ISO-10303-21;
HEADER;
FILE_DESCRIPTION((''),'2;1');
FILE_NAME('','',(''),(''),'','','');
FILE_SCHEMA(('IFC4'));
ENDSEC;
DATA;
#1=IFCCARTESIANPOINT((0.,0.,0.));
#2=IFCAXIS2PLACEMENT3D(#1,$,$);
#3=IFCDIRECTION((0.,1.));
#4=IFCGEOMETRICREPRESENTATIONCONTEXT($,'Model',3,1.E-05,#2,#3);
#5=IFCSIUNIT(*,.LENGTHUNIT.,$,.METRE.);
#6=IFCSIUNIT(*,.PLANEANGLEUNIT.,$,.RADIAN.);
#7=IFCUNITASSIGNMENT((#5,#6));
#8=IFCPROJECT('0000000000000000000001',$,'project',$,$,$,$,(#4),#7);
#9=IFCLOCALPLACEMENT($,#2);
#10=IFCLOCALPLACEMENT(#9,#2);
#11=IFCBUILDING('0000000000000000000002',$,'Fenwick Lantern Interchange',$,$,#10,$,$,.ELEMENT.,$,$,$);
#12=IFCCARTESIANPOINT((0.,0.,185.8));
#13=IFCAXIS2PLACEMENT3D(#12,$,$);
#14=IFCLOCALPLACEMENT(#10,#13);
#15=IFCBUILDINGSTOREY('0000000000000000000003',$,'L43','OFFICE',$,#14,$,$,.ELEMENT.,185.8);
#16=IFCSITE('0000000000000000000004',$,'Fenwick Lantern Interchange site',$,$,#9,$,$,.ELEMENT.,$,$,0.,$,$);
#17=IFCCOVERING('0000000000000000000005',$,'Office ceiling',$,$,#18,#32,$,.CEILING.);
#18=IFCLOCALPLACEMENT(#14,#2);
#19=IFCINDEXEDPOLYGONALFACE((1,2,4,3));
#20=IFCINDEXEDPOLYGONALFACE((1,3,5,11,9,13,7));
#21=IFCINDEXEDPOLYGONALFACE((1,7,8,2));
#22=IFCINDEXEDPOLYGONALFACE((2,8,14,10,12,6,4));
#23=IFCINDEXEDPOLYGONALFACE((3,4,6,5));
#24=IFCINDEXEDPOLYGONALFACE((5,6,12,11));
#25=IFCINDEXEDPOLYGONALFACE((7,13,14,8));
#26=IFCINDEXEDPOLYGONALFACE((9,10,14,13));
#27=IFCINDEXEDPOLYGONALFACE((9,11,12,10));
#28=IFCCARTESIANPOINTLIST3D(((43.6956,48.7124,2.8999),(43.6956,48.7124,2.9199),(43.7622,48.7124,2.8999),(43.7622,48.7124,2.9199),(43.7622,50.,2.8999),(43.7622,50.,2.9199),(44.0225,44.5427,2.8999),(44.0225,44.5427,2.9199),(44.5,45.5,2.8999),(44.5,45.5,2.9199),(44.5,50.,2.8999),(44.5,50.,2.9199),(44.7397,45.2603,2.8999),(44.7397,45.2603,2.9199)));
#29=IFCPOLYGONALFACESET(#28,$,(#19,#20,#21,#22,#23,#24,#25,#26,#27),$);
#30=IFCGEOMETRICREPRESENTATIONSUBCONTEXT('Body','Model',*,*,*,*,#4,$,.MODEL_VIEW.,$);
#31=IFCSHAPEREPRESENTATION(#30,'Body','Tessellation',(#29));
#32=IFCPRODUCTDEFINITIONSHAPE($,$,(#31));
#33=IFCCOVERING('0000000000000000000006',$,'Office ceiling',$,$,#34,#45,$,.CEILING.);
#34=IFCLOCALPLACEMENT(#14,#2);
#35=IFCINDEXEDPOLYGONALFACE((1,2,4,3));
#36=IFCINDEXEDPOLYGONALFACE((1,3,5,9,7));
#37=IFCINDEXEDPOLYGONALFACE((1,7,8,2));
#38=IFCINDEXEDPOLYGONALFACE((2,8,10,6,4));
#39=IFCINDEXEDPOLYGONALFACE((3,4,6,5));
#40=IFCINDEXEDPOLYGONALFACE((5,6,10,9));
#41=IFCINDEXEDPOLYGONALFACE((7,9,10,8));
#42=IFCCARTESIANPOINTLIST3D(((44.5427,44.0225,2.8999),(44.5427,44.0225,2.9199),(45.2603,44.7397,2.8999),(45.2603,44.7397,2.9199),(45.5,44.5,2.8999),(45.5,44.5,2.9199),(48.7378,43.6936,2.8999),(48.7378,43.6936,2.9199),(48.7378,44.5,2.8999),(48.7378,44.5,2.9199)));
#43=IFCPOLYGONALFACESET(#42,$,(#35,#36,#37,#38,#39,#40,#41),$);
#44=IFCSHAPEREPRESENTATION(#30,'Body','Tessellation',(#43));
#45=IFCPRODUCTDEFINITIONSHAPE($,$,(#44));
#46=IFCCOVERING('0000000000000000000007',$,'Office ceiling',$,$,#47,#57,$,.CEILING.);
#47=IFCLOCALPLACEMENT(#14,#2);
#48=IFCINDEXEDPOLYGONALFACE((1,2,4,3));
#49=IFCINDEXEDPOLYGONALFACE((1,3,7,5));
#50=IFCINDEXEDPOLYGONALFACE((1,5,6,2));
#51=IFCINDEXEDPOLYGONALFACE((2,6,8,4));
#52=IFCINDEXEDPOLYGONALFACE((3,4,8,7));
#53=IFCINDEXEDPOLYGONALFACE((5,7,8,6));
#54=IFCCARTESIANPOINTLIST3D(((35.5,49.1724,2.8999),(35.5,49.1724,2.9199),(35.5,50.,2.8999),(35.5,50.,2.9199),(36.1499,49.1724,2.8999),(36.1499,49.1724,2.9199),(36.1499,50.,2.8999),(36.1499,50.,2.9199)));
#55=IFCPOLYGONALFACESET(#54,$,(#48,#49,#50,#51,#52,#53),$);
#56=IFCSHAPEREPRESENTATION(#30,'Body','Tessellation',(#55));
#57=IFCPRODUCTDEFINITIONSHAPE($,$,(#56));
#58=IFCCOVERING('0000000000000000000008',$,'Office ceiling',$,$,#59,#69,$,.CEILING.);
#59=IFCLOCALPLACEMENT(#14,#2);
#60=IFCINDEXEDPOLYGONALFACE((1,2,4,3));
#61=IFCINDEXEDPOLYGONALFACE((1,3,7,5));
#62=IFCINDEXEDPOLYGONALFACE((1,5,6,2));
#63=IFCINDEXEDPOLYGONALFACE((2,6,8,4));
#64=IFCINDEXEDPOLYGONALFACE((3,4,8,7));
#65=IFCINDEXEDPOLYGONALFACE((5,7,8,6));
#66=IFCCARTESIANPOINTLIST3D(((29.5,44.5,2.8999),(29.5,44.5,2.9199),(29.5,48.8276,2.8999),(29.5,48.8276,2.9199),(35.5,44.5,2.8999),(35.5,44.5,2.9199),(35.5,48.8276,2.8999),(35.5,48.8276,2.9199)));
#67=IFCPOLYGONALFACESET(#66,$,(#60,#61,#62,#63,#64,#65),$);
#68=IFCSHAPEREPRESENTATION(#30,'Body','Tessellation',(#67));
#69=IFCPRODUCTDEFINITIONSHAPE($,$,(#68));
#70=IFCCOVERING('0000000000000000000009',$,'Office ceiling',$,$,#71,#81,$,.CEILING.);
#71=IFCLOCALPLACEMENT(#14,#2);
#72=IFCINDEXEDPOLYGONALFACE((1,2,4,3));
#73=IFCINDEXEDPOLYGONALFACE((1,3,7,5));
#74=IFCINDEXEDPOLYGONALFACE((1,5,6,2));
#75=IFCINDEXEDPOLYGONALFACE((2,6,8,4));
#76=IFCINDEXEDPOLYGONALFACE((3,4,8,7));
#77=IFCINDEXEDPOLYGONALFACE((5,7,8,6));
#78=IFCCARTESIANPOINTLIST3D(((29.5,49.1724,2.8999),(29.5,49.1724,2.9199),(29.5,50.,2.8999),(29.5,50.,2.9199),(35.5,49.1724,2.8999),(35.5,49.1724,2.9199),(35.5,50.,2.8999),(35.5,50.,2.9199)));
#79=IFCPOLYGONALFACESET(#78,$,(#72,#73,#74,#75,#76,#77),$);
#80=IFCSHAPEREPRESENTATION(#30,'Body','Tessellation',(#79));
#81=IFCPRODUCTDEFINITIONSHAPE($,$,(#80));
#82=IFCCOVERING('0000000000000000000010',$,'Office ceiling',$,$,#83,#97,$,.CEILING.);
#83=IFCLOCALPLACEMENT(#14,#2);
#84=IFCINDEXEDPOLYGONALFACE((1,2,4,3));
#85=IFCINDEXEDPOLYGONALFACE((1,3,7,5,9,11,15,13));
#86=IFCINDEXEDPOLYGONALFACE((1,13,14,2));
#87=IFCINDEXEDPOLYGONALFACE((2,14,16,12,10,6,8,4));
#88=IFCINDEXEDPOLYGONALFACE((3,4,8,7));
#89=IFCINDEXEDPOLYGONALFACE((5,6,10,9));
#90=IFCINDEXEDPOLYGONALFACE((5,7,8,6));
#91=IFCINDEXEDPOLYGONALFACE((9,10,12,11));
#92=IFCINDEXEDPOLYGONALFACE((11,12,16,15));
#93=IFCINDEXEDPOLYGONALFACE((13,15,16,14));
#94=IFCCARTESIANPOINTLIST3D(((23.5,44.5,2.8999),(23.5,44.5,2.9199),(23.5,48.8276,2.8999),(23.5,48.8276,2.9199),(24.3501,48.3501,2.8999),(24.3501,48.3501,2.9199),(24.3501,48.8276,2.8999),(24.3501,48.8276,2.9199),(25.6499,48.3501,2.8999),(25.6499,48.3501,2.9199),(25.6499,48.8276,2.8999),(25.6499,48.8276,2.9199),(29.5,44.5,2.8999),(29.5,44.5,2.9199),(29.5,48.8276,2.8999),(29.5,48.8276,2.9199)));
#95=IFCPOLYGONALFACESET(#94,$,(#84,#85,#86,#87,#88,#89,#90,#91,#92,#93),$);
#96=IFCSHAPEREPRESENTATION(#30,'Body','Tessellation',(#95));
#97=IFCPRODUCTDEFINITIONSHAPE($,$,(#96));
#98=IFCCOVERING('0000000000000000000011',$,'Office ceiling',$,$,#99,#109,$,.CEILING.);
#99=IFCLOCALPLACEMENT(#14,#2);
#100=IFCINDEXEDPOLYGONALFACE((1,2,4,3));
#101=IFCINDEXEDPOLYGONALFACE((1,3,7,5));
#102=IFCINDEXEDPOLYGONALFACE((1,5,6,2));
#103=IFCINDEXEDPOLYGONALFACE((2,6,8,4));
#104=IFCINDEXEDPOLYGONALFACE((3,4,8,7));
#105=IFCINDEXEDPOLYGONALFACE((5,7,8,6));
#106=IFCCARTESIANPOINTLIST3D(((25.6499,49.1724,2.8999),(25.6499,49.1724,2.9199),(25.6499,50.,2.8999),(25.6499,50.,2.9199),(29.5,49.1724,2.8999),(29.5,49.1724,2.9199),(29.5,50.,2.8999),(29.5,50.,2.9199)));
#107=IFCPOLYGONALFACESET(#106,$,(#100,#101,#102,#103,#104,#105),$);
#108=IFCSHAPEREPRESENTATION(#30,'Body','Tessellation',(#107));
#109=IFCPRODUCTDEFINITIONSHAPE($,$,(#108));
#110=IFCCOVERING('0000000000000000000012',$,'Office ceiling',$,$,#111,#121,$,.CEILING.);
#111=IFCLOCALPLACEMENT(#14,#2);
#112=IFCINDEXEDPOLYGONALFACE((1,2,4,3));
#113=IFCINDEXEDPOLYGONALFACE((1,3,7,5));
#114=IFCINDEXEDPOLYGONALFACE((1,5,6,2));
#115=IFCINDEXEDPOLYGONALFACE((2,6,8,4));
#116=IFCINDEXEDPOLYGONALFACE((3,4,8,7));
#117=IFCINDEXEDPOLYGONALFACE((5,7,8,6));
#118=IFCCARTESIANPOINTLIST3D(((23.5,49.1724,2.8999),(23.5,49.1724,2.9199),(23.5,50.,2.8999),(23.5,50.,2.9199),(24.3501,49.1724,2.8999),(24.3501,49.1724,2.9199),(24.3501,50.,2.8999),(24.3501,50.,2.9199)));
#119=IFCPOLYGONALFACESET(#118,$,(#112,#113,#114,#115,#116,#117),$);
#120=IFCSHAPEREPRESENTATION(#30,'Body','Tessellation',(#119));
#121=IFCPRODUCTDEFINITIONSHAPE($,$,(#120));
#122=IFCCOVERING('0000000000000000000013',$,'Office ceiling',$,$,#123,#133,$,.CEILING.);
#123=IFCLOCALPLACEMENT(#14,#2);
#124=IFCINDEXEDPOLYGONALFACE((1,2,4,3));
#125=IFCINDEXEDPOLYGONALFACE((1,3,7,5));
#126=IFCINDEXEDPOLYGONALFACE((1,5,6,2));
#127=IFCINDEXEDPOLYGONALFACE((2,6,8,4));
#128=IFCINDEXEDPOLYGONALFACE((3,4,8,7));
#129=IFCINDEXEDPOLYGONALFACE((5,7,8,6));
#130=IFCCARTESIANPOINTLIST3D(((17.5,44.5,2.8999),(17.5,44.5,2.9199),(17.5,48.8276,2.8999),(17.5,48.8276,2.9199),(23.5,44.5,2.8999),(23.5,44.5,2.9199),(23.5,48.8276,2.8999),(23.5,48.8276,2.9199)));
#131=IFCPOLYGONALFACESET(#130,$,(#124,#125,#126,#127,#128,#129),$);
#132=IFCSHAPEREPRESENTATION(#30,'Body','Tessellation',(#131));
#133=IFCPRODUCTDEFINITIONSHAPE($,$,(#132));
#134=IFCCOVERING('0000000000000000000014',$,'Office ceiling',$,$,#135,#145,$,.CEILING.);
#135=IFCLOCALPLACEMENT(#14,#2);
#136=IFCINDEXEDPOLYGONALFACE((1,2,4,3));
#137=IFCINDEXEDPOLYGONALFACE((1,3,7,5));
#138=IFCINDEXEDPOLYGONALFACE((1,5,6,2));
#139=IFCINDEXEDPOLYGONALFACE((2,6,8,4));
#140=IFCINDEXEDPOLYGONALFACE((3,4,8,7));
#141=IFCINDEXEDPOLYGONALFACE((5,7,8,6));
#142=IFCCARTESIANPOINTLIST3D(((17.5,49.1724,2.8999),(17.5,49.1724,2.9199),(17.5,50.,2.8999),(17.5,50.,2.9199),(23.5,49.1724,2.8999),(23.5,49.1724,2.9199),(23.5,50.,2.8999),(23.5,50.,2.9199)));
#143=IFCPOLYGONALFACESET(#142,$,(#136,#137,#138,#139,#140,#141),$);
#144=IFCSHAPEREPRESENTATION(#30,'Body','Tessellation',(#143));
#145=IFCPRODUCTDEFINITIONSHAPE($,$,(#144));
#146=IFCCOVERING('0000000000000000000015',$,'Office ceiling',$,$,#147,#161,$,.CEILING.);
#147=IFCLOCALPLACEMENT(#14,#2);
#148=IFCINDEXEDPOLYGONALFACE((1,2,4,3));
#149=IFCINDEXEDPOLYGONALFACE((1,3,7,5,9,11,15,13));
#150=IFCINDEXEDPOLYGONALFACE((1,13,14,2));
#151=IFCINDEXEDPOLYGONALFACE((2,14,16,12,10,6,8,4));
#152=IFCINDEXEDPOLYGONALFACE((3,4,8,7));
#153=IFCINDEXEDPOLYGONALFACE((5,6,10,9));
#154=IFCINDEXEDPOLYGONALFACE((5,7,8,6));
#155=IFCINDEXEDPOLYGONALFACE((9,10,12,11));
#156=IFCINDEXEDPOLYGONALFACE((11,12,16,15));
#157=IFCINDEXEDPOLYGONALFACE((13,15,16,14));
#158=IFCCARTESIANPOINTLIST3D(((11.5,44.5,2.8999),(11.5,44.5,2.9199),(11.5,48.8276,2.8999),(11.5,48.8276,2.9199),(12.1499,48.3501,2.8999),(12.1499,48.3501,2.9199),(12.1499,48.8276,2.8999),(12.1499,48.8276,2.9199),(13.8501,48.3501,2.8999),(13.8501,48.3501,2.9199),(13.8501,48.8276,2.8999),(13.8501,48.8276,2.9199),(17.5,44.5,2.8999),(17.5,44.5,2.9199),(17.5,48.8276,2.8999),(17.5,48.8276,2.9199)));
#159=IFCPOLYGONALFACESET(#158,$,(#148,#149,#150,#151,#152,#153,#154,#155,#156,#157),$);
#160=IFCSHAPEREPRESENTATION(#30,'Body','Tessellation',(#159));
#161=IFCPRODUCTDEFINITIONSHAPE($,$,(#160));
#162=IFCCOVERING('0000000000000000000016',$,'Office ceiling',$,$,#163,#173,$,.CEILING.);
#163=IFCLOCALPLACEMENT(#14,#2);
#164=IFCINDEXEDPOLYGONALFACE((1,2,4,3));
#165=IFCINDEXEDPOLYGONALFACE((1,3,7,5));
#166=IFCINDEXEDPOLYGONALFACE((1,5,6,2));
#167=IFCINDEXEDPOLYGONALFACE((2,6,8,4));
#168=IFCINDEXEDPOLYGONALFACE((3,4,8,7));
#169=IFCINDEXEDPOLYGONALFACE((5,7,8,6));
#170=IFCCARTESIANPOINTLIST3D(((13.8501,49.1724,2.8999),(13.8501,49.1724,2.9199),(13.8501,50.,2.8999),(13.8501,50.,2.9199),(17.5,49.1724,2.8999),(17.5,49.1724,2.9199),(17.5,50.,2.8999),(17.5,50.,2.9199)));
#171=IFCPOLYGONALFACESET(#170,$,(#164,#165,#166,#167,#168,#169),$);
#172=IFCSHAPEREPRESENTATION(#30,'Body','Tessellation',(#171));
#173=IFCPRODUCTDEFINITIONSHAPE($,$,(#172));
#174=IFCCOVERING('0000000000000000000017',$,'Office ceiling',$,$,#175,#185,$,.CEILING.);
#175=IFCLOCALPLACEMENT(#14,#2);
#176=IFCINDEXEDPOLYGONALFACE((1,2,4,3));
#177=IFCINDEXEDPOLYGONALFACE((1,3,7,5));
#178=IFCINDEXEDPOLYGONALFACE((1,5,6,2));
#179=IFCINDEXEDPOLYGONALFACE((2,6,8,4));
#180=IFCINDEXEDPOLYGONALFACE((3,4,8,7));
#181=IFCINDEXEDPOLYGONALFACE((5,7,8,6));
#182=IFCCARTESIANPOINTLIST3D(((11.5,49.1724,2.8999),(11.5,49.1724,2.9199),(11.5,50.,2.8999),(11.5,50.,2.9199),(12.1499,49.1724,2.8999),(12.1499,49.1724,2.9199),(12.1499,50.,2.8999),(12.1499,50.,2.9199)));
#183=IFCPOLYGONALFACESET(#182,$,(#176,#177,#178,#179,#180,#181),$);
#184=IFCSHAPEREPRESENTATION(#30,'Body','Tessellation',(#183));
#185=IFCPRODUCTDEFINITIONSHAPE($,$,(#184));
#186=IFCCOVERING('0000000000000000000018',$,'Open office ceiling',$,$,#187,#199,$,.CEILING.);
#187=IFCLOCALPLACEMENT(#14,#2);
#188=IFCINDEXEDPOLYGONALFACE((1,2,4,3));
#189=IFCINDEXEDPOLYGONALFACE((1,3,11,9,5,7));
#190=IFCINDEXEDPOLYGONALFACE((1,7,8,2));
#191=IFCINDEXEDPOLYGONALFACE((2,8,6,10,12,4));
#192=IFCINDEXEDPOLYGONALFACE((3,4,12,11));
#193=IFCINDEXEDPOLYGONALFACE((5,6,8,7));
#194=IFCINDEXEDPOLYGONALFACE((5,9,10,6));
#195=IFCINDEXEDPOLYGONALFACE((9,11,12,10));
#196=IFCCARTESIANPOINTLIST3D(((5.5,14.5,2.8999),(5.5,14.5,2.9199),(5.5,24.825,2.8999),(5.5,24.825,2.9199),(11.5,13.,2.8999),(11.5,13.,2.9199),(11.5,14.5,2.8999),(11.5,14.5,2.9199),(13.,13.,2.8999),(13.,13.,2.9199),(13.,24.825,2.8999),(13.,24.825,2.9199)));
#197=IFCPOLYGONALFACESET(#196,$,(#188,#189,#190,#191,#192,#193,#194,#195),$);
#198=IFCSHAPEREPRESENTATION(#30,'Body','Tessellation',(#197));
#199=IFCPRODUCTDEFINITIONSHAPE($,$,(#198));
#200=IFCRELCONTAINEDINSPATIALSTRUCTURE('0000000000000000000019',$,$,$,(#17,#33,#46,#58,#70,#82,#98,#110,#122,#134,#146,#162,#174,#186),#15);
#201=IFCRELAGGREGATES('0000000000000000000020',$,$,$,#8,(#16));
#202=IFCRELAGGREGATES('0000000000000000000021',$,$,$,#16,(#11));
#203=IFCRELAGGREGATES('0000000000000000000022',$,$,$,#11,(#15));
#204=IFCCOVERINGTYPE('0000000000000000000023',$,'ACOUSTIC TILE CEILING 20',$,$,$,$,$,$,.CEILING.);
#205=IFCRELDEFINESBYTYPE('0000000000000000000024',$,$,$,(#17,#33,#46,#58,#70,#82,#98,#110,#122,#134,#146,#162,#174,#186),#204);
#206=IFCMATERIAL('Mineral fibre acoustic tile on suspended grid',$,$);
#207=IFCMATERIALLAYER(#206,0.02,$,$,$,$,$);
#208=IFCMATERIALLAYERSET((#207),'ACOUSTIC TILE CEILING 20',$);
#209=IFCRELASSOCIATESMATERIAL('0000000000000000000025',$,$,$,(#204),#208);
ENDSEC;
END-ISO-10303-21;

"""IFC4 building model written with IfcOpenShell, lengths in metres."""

from ifc_helpers import new_model, si_unit, direction, frame, origin, place, context, subcontext, project, spatial, polyline, outline, extrude, material, layer, layer_set, type_object, element, save


model = new_model("IFC4")

# Units and contexts
model_context = context("Model", 3, precision=1e-05, world=origin(), true_north=direction((0.0, 1.0)))
body_context = subcontext(model_context, "Body", "Model", "MODEL_VIEW")
ifc_project = project(units=[si_unit("LENGTHUNIT", "METRE"), si_unit("PLANEANGLEUNIT", "RADIAN")], contexts=[model_context])

# Site, building, storey
site_placement = place(None, origin())
site = spatial("IfcSite", under=ifc_project, at=site_placement, Name="Fenwick Lantern Interchange site", CompositionType="ELEMENT", RefElevation=0.0)
building_placement = place(site_placement, origin())
building = spatial("IfcBuilding", under=site, at=building_placement, Name="Fenwick Lantern Interchange", CompositionType="ELEMENT")
storey_placement = place(building_placement, frame((0.0, 0.0, 185.8)))
storey = spatial("IfcBuildingStorey", under=building, at=storey_placement, Name="L43", Description="OFFICE", CompositionType="ELEMENT", Elevation=185.8)

# Coverings
ifc_material = material(Name="Mineral fibre acoustic tile on suspended grid")
ifc_layer = layer(ifc_material, 0.02)
ifc_layer_set = layer_set([ifc_layer], Name="ACOUSTIC TILE CEILING 20")
covering_type = type_object("IfcCoveringType", Name="ACOUSTIC TILE CEILING 20", PredefinedType="CEILING", material=ifc_layer_set)
covering_1_placement = place(storey_placement, frame((0.0, 0.0, 2.8999)))
element("IfcCovering", 1, at=covering_1_placement, inside=storey, type_object=covering_type, Name="Office ceiling", PredefinedType="CEILING", context=body_context, shape_type="SweptSolid", body=[
    extrude(outline(polyline([(43.7622, 48.7124), (43.6956, 48.7124), (44.0225, 44.5427), (44.7397, 45.2603), (44.5, 45.5), (44.5, 50.0), (43.7622, 50.0), (43.7622, 48.7124)])), origin(), (0.0, 0.0, 1.0), 0.02),
])
covering_2_placement = place(storey_placement, frame((0.0, 0.0, 2.8999)))
element("IfcCovering", 2, at=covering_2_placement, inside=storey, type_object=covering_type, Name="Office ceiling", PredefinedType="CEILING", context=body_context, shape_type="SweptSolid", body=[
    extrude(outline(polyline([(45.2603, 44.7397), (44.5427, 44.0225), (48.7378, 43.6936), (48.7378, 44.5), (45.5, 44.5), (45.2603, 44.7397)])), origin(), (0.0, 0.0, 1.0), 0.02),
])
covering_3_placement = place(storey_placement, frame((0.0, 0.0, 2.8999)))
element("IfcCovering", 3, at=covering_3_placement, inside=storey, type_object=covering_type, Name="Office ceiling", PredefinedType="CEILING", context=body_context, shape_type="SweptSolid", body=[
    extrude(outline(polyline([(35.5, 50.0), (35.5, 49.1724), (36.1499, 49.1724), (36.1499, 50.0), (35.5, 50.0)])), origin(), (0.0, 0.0, 1.0), 0.02),
])
covering_4_placement = place(storey_placement, frame((0.0, 0.0, 2.8999)))
element("IfcCovering", 4, at=covering_4_placement, inside=storey, type_object=covering_type, Name="Office ceiling", PredefinedType="CEILING", context=body_context, shape_type="SweptSolid", body=[
    extrude(outline(polyline([(35.5, 44.5), (35.5, 48.8276), (29.5, 48.8276), (29.5, 44.5), (35.5, 44.5)])), origin(), (0.0, 0.0, 1.0), 0.02),
])
covering_5_placement = place(storey_placement, frame((0.0, 0.0, 2.8999)))
element("IfcCovering", 5, at=covering_5_placement, inside=storey, type_object=covering_type, Name="Office ceiling", PredefinedType="CEILING", context=body_context, shape_type="SweptSolid", body=[
    extrude(outline(polyline([(29.5, 50.0), (29.5, 49.1724), (35.5, 49.1724), (35.5, 50.0), (29.5, 50.0)])), origin(), (0.0, 0.0, 1.0), 0.02),
])
covering_6_placement = place(storey_placement, frame((0.0, 0.0, 2.8999)))
element("IfcCovering", 6, at=covering_6_placement, inside=storey, type_object=covering_type, Name="Office ceiling", PredefinedType="CEILING", context=body_context, shape_type="SweptSolid", body=[
    extrude(outline(polyline([(29.5, 44.5), (29.5, 48.8276), (25.6499, 48.8276), (25.6499, 48.3501), (24.3501, 48.3501), (24.3501, 48.8276), (23.5, 48.8276), (23.5, 44.5), (29.5, 44.5)])), origin(), (0.0, 0.0, 1.0), 0.02),
])
covering_7_placement = place(storey_placement, frame((0.0, 0.0, 2.8999)))
element("IfcCovering", 7, at=covering_7_placement, inside=storey, type_object=covering_type, Name="Office ceiling", PredefinedType="CEILING", context=body_context, shape_type="SweptSolid", body=[
    extrude(outline(polyline([(29.5, 49.1724), (29.5, 50.0), (25.6499, 50.0), (25.6499, 49.1724), (29.5, 49.1724)])), origin(), (0.0, 0.0, 1.0), 0.02),
])
covering_8_placement = place(storey_placement, frame((0.0, 0.0, 2.8999)))
element("IfcCovering", 8, at=covering_8_placement, inside=storey, type_object=covering_type, Name="Office ceiling", PredefinedType="CEILING", context=body_context, shape_type="SweptSolid", body=[
    extrude(outline(polyline([(23.5, 50.0), (23.5, 49.1724), (24.3501, 49.1724), (24.3501, 50.0), (23.5, 50.0)])), origin(), (0.0, 0.0, 1.0), 0.02),
])
covering_9_placement = place(storey_placement, frame((0.0, 0.0, 2.8999)))
element("IfcCovering", 9, at=covering_9_placement, inside=storey, type_object=covering_type, Name="Office ceiling", PredefinedType="CEILING", context=body_context, shape_type="SweptSolid", body=[
    extrude(outline(polyline([(23.5, 44.5), (23.5, 48.8276), (17.5, 48.8276), (17.5, 44.5), (23.5, 44.5)])), origin(), (0.0, 0.0, 1.0), 0.02),
])
covering_10_placement = place(storey_placement, frame((0.0, 0.0, 2.8999)))
element("IfcCovering", 10, at=covering_10_placement, inside=storey, type_object=covering_type, Name="Office ceiling", PredefinedType="CEILING", context=body_context, shape_type="SweptSolid", body=[
    extrude(outline(polyline([(17.5, 50.0), (17.5, 49.1724), (23.5, 49.1724), (23.5, 50.0), (17.5, 50.0)])), origin(), (0.0, 0.0, 1.0), 0.02),
])
covering_11_placement = place(storey_placement, frame((0.0, 0.0, 2.8999)))
element("IfcCovering", 11, at=covering_11_placement, inside=storey, type_object=covering_type, Name="Office ceiling", PredefinedType="CEILING", context=body_context, shape_type="SweptSolid", body=[
    extrude(outline(polyline([(17.5, 44.5), (17.5, 48.8276), (13.8501, 48.8276), (13.8501, 48.3501), (12.1499, 48.3501), (12.1499, 48.8276), (11.5, 48.8276), (11.5, 44.5), (17.5, 44.5)])), origin(), (0.0, 0.0, 1.0), 0.02),
])
covering_12_placement = place(storey_placement, frame((0.0, 0.0, 2.8999)))
element("IfcCovering", 12, at=covering_12_placement, inside=storey, type_object=covering_type, Name="Office ceiling", PredefinedType="CEILING", context=body_context, shape_type="SweptSolid", body=[
    extrude(outline(polyline([(17.5, 49.1724), (17.5, 50.0), (13.8501, 50.0), (13.8501, 49.1724), (17.5, 49.1724)])), origin(), (0.0, 0.0, 1.0), 0.02),
])
covering_13_placement = place(storey_placement, frame((0.0, 0.0, 2.8999)))
element("IfcCovering", 13, at=covering_13_placement, inside=storey, type_object=covering_type, Name="Office ceiling", PredefinedType="CEILING", context=body_context, shape_type="SweptSolid", body=[
    extrude(outline(polyline([(11.5, 50.0), (11.5, 49.1724), (12.1499, 49.1724), (12.1499, 50.0), (11.5, 50.0)])), origin(), (0.0, 0.0, 1.0), 0.02),
])
covering_14_placement = place(storey_placement, frame((0.0, 0.0, 2.8999)))
element("IfcCovering", 14, at=covering_14_placement, inside=storey, type_object=covering_type, Name="Open office ceiling", PredefinedType="CEILING", context=body_context, shape_type="SweptSolid", body=[
    extrude(outline(polyline([(5.5, 24.825), (5.5, 14.5), (11.5, 14.5), (11.5, 13.0), (13.0, 13.0), (13.0, 24.825), (5.5, 24.825)])), origin(), (0.0, 0.0, 1.0), 0.02),
])

save(model, "model.ifc")
